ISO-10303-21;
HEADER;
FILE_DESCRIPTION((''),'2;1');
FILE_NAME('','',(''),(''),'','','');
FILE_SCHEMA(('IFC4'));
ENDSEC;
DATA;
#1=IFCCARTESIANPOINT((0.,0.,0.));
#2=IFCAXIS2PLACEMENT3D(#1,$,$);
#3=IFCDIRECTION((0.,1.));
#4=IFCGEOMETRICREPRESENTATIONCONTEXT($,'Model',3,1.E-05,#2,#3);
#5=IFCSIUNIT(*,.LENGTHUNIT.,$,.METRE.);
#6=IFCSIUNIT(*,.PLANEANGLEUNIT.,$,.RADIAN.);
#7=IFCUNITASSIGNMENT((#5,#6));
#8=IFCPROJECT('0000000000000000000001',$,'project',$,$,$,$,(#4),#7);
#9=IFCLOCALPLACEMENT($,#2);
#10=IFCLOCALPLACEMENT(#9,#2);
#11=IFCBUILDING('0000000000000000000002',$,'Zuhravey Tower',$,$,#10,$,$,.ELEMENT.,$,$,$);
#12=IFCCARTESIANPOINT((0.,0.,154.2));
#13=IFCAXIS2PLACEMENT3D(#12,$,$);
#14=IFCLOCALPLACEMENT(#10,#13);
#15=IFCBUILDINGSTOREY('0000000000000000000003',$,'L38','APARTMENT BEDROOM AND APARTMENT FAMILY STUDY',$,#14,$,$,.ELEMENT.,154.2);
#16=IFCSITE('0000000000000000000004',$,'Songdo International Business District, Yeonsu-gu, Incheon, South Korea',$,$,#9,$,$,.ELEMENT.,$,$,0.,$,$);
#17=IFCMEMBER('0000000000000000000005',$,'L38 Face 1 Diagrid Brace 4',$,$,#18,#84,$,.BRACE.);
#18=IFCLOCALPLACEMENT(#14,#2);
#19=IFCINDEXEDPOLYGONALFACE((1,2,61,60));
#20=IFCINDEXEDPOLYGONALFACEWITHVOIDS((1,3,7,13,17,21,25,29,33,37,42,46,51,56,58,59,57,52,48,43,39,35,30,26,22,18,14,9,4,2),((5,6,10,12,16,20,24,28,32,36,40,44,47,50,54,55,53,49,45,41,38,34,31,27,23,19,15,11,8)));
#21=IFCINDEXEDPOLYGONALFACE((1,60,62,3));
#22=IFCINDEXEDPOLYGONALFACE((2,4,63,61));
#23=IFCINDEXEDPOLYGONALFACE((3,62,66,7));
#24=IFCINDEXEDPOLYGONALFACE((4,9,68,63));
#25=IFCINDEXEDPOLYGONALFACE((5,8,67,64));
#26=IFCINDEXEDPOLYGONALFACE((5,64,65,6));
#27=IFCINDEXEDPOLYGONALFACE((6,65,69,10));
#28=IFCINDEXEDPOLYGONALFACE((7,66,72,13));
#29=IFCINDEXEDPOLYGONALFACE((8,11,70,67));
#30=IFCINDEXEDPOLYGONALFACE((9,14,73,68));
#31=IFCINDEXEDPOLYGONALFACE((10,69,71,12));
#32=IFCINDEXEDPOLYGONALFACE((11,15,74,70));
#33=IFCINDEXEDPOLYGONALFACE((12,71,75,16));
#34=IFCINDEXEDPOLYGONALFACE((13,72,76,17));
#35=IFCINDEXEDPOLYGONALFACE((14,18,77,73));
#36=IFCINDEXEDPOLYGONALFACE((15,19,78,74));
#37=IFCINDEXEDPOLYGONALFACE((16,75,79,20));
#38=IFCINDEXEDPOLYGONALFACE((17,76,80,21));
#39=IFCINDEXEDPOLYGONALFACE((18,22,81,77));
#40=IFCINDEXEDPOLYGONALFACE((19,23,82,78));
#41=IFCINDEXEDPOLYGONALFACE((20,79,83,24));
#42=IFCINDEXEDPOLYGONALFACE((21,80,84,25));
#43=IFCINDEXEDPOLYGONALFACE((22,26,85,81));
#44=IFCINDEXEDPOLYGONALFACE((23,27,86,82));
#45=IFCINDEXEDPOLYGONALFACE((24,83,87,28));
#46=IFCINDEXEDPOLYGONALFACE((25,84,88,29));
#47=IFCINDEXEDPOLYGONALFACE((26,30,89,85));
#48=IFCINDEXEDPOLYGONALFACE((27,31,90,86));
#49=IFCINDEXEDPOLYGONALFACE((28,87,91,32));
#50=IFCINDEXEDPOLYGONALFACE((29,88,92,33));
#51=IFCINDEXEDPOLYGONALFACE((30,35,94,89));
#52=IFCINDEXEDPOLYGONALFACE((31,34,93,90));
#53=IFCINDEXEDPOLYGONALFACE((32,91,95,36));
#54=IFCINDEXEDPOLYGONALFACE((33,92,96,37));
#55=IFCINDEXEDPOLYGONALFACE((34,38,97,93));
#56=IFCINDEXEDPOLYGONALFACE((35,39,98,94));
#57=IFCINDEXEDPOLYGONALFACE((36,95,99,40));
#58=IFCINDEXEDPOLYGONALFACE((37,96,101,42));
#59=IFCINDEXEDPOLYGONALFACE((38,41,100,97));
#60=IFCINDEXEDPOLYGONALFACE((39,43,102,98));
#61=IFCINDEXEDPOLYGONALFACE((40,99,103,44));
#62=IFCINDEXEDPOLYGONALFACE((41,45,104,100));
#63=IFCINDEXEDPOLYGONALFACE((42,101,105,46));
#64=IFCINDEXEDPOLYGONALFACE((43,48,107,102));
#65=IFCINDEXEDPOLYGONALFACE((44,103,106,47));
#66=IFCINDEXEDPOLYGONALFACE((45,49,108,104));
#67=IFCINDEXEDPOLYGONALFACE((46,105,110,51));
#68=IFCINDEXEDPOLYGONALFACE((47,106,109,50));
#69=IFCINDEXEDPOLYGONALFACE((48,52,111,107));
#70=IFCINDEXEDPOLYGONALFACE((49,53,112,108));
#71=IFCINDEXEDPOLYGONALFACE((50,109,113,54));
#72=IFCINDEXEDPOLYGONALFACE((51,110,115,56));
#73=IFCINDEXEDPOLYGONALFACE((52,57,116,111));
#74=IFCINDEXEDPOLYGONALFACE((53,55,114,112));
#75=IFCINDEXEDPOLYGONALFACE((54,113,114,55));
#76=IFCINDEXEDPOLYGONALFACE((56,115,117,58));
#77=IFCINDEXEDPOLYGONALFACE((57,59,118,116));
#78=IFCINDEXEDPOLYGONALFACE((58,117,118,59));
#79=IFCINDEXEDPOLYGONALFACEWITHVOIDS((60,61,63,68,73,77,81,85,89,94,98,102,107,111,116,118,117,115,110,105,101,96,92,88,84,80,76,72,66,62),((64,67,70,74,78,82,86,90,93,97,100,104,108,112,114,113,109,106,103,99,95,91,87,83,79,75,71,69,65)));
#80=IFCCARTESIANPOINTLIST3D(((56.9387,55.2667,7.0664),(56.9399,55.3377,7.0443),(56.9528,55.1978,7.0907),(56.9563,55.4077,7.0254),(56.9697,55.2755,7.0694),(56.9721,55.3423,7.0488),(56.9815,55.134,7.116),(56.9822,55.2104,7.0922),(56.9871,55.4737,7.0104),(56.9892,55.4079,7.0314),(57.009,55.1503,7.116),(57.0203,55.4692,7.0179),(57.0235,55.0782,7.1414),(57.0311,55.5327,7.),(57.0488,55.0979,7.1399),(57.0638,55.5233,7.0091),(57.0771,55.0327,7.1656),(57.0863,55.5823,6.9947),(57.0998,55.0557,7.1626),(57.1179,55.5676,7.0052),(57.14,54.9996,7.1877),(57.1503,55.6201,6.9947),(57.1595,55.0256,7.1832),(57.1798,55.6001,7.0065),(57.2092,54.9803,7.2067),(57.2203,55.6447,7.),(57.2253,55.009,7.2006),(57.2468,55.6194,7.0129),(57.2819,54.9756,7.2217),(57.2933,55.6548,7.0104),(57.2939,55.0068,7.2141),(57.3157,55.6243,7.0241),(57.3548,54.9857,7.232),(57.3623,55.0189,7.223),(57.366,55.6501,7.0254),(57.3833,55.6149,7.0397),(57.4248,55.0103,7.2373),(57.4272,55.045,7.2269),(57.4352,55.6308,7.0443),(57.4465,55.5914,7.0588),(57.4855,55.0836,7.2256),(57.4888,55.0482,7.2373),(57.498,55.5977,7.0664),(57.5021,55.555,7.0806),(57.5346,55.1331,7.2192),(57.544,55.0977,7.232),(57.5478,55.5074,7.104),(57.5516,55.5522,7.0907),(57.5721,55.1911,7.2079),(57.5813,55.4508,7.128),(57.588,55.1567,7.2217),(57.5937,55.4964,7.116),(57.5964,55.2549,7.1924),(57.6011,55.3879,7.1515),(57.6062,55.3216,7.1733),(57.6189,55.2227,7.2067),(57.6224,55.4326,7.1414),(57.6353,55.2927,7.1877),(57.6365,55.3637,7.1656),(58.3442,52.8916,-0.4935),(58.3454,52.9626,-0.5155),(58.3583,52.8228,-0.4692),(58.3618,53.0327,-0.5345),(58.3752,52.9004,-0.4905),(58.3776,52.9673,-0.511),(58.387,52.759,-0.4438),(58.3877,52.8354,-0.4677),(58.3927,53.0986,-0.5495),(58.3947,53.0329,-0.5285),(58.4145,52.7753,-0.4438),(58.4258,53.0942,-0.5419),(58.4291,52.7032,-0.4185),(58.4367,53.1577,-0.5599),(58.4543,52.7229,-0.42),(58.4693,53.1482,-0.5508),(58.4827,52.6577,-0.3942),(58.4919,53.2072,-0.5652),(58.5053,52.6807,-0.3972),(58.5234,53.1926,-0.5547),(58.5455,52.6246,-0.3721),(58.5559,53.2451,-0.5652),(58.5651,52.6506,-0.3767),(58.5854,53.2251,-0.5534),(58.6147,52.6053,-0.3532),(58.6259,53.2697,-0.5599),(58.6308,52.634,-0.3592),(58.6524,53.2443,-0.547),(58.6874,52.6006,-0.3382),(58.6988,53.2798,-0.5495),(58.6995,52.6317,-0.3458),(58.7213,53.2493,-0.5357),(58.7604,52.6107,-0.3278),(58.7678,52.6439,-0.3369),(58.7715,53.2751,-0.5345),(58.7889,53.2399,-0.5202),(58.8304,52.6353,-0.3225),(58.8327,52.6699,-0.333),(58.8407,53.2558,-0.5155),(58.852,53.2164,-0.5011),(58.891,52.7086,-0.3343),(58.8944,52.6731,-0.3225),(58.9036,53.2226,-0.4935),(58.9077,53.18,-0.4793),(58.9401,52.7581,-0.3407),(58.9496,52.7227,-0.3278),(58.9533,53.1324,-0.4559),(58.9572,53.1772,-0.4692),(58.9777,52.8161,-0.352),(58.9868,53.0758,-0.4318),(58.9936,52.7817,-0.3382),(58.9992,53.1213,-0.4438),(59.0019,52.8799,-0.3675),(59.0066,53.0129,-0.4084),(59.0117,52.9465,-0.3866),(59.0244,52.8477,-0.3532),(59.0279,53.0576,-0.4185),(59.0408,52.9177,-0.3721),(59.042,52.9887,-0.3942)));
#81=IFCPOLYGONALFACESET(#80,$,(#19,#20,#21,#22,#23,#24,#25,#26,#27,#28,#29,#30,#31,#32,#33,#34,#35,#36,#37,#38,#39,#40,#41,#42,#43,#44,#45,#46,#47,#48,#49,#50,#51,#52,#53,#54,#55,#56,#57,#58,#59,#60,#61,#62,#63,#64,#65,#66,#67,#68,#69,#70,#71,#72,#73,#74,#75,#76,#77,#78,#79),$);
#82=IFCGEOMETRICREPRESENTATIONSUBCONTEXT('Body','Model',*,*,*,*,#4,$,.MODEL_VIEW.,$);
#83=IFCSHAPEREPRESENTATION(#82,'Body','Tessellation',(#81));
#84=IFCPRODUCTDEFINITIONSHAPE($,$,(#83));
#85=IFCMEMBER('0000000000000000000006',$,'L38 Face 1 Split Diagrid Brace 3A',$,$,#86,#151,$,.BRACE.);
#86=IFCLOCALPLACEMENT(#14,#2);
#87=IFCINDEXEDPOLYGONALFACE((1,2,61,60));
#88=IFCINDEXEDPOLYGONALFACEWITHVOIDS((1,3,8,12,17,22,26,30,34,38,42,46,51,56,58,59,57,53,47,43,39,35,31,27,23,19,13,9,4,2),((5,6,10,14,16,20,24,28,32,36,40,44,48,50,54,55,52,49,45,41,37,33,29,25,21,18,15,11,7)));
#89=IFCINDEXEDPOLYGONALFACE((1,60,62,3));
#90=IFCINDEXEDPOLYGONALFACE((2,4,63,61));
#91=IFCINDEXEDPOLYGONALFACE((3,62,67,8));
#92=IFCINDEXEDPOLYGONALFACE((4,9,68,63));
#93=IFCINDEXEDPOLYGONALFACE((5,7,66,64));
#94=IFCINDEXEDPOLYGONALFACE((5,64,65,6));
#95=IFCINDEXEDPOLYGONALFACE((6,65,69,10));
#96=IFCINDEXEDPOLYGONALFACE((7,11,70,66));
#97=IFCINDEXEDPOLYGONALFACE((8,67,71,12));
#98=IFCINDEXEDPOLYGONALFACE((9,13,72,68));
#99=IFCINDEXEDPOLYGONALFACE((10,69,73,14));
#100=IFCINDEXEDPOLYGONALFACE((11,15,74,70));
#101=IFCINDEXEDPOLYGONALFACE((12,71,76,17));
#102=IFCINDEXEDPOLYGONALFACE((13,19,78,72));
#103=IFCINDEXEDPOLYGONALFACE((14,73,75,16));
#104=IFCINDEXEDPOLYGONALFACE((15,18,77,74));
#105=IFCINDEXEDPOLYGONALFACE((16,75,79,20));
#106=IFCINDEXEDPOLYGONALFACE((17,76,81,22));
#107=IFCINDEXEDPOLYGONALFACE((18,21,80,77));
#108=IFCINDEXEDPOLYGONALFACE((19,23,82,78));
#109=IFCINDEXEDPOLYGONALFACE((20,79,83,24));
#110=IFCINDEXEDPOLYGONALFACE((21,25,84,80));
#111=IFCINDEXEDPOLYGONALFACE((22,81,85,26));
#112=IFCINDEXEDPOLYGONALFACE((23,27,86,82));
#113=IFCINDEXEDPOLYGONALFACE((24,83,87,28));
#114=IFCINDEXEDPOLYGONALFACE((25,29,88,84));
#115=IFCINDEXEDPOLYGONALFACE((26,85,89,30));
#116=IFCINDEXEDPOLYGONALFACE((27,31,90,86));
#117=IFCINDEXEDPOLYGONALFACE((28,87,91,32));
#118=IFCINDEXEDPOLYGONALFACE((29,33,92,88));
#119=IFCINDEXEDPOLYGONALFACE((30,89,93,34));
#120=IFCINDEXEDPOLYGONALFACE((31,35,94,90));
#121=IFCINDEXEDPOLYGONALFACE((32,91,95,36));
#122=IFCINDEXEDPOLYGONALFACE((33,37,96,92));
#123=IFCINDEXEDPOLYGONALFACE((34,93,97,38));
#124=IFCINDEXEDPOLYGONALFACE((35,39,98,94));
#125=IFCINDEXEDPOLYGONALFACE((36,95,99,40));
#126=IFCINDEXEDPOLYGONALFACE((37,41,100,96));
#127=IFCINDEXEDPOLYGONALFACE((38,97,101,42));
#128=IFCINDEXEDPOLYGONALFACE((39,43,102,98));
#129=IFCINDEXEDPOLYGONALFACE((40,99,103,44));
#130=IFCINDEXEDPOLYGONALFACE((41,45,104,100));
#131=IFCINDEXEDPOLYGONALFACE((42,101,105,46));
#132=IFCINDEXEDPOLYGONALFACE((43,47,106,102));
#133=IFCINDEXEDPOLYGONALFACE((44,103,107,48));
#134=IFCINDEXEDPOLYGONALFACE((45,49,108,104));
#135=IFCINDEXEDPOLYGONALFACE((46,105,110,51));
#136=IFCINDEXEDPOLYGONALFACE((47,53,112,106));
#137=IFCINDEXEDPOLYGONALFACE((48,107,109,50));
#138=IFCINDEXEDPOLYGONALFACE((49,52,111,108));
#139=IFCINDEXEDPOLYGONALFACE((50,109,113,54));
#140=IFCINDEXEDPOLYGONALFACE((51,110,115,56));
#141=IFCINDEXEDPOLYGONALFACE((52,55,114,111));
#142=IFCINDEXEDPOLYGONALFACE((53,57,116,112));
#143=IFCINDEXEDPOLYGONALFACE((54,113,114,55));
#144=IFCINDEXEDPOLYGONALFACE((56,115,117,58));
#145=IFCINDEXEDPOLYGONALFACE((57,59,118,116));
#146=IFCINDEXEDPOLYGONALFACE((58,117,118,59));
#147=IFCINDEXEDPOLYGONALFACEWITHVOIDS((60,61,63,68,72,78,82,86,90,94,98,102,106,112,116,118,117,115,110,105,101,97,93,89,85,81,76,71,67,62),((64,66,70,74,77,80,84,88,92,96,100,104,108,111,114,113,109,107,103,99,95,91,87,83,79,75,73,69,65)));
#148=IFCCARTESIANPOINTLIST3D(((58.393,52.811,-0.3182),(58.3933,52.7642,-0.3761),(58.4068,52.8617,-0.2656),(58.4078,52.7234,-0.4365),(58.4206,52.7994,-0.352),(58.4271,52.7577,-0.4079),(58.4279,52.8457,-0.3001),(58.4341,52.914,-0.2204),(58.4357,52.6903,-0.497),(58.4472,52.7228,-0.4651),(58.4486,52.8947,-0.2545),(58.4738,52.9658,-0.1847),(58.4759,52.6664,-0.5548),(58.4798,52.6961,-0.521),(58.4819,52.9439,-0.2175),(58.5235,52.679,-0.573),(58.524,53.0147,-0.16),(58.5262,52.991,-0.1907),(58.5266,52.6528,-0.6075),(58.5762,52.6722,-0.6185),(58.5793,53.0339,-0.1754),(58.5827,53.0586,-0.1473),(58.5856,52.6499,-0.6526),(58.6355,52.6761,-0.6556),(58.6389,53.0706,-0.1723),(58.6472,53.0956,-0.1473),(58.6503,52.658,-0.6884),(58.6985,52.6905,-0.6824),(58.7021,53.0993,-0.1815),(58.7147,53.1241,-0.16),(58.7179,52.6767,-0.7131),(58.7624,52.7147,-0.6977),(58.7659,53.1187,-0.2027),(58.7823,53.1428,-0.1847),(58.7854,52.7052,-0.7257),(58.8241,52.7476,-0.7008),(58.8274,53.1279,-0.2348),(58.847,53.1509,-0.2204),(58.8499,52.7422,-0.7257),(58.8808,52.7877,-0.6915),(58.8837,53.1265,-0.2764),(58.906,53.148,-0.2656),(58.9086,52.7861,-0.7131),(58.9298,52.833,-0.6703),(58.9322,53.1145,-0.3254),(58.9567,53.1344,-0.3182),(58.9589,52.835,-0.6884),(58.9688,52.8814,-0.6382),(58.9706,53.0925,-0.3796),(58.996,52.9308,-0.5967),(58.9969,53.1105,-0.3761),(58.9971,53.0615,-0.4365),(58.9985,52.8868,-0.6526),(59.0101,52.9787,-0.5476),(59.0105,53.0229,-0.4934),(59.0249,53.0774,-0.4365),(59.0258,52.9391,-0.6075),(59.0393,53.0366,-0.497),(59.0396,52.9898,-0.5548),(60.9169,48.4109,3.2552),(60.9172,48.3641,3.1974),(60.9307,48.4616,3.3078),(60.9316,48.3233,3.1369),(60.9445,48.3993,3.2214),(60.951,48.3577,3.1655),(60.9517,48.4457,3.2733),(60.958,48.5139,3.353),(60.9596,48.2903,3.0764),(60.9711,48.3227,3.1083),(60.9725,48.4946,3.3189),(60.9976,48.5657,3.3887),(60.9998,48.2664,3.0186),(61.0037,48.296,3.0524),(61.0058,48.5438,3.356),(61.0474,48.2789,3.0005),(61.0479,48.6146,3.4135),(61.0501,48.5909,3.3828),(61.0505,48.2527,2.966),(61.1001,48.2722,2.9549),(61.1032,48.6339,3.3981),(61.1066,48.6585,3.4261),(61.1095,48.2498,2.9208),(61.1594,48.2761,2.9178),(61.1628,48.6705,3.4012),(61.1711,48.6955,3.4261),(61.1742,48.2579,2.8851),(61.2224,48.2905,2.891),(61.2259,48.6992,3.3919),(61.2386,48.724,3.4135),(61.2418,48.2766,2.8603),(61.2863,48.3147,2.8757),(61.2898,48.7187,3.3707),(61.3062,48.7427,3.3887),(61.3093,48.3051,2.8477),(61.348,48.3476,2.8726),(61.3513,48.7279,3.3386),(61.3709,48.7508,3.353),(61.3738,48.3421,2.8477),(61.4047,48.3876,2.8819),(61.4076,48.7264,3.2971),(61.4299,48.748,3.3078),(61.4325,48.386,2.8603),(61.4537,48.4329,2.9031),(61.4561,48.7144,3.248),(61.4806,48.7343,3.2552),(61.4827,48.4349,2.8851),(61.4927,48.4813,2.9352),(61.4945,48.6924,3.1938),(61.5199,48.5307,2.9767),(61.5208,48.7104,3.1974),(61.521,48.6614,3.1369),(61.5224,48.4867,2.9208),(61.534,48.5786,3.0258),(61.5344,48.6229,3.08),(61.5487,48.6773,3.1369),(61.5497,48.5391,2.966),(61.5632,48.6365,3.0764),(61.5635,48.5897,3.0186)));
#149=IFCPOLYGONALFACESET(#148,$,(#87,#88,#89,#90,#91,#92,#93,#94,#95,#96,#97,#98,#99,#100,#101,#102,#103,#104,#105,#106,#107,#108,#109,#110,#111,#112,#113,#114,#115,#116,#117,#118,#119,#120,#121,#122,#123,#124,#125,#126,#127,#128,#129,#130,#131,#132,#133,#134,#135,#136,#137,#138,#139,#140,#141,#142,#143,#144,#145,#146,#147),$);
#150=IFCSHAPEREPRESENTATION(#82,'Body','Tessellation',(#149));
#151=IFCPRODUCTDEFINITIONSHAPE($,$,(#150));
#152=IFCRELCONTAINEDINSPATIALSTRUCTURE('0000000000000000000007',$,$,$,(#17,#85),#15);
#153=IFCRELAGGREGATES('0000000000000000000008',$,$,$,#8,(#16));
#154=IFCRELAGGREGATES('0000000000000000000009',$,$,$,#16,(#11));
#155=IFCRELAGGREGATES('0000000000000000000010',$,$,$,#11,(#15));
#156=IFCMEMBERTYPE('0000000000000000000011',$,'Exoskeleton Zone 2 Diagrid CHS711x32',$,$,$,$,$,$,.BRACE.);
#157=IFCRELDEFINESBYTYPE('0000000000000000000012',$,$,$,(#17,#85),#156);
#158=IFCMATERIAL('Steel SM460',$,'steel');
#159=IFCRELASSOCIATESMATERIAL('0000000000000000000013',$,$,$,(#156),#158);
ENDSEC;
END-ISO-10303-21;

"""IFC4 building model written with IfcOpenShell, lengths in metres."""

from ifc_helpers import new_model, si_unit, direction, frame, origin, origin_2d, place, context, subcontext, project, spatial, hollow_circle, extrude, material, material_profile, profile_set, type_object, element, save


model = new_model("IFC4")

# Units and contexts
model_context = context("Model", 3, precision=1e-05, world=origin(), true_north=direction((0.0, 1.0)))
body_context = subcontext(model_context, "Body", "Model", "MODEL_VIEW")
ifc_project = project(units=[si_unit("LENGTHUNIT", "METRE"), si_unit("PLANEANGLEUNIT", "RADIAN")], contexts=[model_context])

# Site, building, storey
site_placement = place(None, origin())
site = spatial("IfcSite", under=ifc_project, at=site_placement, Name="Songdo International Business District, Yeonsu-gu, Incheon, South Korea", CompositionType="ELEMENT", RefElevation=0.0)
building_placement = place(site_placement, origin())
building = spatial("IfcBuilding", under=site, at=building_placement, Name="Zuhravey Tower", CompositionType="ELEMENT")
storey_placement = place(building_placement, frame((0.0, 0.0, 154.2)))
storey = spatial("IfcBuildingStorey", under=building, at=storey_placement, Name="L38", Description="APARTMENT BEDROOM AND APARTMENT FAMILY STUDY", CompositionType="ELEMENT", Elevation=154.2)

# Members
ifc_material_1 = material(Name="Steel SM460", Category="steel")
ifc_material_profile_1 = material_profile(ifc_material_1, hollow_circle(Radius=0.3557, WallThickness=0.032, at=origin_2d()), Name="CHS-711.2x32")
ifc_profile_set_1 = profile_set([ifc_material_profile_1], Name="Steel SM460")
member_type_1 = type_object("IfcMemberType", Name="Exoskeleton Zone 2 Diagrid CHS711x32", PredefinedType="BRACE", material=ifc_profile_set_1)
member_1_placement = place(storey_placement, frame((58.6931, 52.9402, -0.4438), z_axis=(-0.174646, 0.295112, 0.939365), x_axis=(-0.860592, -0.509295, 0.0)))
element("IfcMember", 1, at=member_1_placement, inside=storey, type_object=member_type_1, Name="L38 Face 1 Diagrid Brace 4", PredefinedType="BRACE", context=body_context, shape_type="SweptSolid", body=[
    extrude(hollow_circle(Radius=0.3557, WallThickness=0.032, at=origin_2d()), origin(), (0.0, 0.0, 1.0), 8.0479),
])
member_2_placement = place(storey_placement, frame((58.7163, 52.9004, -0.4365), z_axis=(0.406761, -0.709136, 0.57591), x_axis=(0.86743, 0.497558, 0.0)))
element("IfcMember", 2, at=member_2_placement, inside=storey, type_object=member_type_1, Name="L38 Face 1 Split Diagrid Brace 3A", PredefinedType="BRACE", context=body_context, shape_type="SweptSolid", body=[
    extrude(hollow_circle(Radius=0.3557, WallThickness=0.032, at=origin_2d()), origin(), (0.0, 0.0, 1.0), 6.2048),
])

save(model, "model.ifc")
